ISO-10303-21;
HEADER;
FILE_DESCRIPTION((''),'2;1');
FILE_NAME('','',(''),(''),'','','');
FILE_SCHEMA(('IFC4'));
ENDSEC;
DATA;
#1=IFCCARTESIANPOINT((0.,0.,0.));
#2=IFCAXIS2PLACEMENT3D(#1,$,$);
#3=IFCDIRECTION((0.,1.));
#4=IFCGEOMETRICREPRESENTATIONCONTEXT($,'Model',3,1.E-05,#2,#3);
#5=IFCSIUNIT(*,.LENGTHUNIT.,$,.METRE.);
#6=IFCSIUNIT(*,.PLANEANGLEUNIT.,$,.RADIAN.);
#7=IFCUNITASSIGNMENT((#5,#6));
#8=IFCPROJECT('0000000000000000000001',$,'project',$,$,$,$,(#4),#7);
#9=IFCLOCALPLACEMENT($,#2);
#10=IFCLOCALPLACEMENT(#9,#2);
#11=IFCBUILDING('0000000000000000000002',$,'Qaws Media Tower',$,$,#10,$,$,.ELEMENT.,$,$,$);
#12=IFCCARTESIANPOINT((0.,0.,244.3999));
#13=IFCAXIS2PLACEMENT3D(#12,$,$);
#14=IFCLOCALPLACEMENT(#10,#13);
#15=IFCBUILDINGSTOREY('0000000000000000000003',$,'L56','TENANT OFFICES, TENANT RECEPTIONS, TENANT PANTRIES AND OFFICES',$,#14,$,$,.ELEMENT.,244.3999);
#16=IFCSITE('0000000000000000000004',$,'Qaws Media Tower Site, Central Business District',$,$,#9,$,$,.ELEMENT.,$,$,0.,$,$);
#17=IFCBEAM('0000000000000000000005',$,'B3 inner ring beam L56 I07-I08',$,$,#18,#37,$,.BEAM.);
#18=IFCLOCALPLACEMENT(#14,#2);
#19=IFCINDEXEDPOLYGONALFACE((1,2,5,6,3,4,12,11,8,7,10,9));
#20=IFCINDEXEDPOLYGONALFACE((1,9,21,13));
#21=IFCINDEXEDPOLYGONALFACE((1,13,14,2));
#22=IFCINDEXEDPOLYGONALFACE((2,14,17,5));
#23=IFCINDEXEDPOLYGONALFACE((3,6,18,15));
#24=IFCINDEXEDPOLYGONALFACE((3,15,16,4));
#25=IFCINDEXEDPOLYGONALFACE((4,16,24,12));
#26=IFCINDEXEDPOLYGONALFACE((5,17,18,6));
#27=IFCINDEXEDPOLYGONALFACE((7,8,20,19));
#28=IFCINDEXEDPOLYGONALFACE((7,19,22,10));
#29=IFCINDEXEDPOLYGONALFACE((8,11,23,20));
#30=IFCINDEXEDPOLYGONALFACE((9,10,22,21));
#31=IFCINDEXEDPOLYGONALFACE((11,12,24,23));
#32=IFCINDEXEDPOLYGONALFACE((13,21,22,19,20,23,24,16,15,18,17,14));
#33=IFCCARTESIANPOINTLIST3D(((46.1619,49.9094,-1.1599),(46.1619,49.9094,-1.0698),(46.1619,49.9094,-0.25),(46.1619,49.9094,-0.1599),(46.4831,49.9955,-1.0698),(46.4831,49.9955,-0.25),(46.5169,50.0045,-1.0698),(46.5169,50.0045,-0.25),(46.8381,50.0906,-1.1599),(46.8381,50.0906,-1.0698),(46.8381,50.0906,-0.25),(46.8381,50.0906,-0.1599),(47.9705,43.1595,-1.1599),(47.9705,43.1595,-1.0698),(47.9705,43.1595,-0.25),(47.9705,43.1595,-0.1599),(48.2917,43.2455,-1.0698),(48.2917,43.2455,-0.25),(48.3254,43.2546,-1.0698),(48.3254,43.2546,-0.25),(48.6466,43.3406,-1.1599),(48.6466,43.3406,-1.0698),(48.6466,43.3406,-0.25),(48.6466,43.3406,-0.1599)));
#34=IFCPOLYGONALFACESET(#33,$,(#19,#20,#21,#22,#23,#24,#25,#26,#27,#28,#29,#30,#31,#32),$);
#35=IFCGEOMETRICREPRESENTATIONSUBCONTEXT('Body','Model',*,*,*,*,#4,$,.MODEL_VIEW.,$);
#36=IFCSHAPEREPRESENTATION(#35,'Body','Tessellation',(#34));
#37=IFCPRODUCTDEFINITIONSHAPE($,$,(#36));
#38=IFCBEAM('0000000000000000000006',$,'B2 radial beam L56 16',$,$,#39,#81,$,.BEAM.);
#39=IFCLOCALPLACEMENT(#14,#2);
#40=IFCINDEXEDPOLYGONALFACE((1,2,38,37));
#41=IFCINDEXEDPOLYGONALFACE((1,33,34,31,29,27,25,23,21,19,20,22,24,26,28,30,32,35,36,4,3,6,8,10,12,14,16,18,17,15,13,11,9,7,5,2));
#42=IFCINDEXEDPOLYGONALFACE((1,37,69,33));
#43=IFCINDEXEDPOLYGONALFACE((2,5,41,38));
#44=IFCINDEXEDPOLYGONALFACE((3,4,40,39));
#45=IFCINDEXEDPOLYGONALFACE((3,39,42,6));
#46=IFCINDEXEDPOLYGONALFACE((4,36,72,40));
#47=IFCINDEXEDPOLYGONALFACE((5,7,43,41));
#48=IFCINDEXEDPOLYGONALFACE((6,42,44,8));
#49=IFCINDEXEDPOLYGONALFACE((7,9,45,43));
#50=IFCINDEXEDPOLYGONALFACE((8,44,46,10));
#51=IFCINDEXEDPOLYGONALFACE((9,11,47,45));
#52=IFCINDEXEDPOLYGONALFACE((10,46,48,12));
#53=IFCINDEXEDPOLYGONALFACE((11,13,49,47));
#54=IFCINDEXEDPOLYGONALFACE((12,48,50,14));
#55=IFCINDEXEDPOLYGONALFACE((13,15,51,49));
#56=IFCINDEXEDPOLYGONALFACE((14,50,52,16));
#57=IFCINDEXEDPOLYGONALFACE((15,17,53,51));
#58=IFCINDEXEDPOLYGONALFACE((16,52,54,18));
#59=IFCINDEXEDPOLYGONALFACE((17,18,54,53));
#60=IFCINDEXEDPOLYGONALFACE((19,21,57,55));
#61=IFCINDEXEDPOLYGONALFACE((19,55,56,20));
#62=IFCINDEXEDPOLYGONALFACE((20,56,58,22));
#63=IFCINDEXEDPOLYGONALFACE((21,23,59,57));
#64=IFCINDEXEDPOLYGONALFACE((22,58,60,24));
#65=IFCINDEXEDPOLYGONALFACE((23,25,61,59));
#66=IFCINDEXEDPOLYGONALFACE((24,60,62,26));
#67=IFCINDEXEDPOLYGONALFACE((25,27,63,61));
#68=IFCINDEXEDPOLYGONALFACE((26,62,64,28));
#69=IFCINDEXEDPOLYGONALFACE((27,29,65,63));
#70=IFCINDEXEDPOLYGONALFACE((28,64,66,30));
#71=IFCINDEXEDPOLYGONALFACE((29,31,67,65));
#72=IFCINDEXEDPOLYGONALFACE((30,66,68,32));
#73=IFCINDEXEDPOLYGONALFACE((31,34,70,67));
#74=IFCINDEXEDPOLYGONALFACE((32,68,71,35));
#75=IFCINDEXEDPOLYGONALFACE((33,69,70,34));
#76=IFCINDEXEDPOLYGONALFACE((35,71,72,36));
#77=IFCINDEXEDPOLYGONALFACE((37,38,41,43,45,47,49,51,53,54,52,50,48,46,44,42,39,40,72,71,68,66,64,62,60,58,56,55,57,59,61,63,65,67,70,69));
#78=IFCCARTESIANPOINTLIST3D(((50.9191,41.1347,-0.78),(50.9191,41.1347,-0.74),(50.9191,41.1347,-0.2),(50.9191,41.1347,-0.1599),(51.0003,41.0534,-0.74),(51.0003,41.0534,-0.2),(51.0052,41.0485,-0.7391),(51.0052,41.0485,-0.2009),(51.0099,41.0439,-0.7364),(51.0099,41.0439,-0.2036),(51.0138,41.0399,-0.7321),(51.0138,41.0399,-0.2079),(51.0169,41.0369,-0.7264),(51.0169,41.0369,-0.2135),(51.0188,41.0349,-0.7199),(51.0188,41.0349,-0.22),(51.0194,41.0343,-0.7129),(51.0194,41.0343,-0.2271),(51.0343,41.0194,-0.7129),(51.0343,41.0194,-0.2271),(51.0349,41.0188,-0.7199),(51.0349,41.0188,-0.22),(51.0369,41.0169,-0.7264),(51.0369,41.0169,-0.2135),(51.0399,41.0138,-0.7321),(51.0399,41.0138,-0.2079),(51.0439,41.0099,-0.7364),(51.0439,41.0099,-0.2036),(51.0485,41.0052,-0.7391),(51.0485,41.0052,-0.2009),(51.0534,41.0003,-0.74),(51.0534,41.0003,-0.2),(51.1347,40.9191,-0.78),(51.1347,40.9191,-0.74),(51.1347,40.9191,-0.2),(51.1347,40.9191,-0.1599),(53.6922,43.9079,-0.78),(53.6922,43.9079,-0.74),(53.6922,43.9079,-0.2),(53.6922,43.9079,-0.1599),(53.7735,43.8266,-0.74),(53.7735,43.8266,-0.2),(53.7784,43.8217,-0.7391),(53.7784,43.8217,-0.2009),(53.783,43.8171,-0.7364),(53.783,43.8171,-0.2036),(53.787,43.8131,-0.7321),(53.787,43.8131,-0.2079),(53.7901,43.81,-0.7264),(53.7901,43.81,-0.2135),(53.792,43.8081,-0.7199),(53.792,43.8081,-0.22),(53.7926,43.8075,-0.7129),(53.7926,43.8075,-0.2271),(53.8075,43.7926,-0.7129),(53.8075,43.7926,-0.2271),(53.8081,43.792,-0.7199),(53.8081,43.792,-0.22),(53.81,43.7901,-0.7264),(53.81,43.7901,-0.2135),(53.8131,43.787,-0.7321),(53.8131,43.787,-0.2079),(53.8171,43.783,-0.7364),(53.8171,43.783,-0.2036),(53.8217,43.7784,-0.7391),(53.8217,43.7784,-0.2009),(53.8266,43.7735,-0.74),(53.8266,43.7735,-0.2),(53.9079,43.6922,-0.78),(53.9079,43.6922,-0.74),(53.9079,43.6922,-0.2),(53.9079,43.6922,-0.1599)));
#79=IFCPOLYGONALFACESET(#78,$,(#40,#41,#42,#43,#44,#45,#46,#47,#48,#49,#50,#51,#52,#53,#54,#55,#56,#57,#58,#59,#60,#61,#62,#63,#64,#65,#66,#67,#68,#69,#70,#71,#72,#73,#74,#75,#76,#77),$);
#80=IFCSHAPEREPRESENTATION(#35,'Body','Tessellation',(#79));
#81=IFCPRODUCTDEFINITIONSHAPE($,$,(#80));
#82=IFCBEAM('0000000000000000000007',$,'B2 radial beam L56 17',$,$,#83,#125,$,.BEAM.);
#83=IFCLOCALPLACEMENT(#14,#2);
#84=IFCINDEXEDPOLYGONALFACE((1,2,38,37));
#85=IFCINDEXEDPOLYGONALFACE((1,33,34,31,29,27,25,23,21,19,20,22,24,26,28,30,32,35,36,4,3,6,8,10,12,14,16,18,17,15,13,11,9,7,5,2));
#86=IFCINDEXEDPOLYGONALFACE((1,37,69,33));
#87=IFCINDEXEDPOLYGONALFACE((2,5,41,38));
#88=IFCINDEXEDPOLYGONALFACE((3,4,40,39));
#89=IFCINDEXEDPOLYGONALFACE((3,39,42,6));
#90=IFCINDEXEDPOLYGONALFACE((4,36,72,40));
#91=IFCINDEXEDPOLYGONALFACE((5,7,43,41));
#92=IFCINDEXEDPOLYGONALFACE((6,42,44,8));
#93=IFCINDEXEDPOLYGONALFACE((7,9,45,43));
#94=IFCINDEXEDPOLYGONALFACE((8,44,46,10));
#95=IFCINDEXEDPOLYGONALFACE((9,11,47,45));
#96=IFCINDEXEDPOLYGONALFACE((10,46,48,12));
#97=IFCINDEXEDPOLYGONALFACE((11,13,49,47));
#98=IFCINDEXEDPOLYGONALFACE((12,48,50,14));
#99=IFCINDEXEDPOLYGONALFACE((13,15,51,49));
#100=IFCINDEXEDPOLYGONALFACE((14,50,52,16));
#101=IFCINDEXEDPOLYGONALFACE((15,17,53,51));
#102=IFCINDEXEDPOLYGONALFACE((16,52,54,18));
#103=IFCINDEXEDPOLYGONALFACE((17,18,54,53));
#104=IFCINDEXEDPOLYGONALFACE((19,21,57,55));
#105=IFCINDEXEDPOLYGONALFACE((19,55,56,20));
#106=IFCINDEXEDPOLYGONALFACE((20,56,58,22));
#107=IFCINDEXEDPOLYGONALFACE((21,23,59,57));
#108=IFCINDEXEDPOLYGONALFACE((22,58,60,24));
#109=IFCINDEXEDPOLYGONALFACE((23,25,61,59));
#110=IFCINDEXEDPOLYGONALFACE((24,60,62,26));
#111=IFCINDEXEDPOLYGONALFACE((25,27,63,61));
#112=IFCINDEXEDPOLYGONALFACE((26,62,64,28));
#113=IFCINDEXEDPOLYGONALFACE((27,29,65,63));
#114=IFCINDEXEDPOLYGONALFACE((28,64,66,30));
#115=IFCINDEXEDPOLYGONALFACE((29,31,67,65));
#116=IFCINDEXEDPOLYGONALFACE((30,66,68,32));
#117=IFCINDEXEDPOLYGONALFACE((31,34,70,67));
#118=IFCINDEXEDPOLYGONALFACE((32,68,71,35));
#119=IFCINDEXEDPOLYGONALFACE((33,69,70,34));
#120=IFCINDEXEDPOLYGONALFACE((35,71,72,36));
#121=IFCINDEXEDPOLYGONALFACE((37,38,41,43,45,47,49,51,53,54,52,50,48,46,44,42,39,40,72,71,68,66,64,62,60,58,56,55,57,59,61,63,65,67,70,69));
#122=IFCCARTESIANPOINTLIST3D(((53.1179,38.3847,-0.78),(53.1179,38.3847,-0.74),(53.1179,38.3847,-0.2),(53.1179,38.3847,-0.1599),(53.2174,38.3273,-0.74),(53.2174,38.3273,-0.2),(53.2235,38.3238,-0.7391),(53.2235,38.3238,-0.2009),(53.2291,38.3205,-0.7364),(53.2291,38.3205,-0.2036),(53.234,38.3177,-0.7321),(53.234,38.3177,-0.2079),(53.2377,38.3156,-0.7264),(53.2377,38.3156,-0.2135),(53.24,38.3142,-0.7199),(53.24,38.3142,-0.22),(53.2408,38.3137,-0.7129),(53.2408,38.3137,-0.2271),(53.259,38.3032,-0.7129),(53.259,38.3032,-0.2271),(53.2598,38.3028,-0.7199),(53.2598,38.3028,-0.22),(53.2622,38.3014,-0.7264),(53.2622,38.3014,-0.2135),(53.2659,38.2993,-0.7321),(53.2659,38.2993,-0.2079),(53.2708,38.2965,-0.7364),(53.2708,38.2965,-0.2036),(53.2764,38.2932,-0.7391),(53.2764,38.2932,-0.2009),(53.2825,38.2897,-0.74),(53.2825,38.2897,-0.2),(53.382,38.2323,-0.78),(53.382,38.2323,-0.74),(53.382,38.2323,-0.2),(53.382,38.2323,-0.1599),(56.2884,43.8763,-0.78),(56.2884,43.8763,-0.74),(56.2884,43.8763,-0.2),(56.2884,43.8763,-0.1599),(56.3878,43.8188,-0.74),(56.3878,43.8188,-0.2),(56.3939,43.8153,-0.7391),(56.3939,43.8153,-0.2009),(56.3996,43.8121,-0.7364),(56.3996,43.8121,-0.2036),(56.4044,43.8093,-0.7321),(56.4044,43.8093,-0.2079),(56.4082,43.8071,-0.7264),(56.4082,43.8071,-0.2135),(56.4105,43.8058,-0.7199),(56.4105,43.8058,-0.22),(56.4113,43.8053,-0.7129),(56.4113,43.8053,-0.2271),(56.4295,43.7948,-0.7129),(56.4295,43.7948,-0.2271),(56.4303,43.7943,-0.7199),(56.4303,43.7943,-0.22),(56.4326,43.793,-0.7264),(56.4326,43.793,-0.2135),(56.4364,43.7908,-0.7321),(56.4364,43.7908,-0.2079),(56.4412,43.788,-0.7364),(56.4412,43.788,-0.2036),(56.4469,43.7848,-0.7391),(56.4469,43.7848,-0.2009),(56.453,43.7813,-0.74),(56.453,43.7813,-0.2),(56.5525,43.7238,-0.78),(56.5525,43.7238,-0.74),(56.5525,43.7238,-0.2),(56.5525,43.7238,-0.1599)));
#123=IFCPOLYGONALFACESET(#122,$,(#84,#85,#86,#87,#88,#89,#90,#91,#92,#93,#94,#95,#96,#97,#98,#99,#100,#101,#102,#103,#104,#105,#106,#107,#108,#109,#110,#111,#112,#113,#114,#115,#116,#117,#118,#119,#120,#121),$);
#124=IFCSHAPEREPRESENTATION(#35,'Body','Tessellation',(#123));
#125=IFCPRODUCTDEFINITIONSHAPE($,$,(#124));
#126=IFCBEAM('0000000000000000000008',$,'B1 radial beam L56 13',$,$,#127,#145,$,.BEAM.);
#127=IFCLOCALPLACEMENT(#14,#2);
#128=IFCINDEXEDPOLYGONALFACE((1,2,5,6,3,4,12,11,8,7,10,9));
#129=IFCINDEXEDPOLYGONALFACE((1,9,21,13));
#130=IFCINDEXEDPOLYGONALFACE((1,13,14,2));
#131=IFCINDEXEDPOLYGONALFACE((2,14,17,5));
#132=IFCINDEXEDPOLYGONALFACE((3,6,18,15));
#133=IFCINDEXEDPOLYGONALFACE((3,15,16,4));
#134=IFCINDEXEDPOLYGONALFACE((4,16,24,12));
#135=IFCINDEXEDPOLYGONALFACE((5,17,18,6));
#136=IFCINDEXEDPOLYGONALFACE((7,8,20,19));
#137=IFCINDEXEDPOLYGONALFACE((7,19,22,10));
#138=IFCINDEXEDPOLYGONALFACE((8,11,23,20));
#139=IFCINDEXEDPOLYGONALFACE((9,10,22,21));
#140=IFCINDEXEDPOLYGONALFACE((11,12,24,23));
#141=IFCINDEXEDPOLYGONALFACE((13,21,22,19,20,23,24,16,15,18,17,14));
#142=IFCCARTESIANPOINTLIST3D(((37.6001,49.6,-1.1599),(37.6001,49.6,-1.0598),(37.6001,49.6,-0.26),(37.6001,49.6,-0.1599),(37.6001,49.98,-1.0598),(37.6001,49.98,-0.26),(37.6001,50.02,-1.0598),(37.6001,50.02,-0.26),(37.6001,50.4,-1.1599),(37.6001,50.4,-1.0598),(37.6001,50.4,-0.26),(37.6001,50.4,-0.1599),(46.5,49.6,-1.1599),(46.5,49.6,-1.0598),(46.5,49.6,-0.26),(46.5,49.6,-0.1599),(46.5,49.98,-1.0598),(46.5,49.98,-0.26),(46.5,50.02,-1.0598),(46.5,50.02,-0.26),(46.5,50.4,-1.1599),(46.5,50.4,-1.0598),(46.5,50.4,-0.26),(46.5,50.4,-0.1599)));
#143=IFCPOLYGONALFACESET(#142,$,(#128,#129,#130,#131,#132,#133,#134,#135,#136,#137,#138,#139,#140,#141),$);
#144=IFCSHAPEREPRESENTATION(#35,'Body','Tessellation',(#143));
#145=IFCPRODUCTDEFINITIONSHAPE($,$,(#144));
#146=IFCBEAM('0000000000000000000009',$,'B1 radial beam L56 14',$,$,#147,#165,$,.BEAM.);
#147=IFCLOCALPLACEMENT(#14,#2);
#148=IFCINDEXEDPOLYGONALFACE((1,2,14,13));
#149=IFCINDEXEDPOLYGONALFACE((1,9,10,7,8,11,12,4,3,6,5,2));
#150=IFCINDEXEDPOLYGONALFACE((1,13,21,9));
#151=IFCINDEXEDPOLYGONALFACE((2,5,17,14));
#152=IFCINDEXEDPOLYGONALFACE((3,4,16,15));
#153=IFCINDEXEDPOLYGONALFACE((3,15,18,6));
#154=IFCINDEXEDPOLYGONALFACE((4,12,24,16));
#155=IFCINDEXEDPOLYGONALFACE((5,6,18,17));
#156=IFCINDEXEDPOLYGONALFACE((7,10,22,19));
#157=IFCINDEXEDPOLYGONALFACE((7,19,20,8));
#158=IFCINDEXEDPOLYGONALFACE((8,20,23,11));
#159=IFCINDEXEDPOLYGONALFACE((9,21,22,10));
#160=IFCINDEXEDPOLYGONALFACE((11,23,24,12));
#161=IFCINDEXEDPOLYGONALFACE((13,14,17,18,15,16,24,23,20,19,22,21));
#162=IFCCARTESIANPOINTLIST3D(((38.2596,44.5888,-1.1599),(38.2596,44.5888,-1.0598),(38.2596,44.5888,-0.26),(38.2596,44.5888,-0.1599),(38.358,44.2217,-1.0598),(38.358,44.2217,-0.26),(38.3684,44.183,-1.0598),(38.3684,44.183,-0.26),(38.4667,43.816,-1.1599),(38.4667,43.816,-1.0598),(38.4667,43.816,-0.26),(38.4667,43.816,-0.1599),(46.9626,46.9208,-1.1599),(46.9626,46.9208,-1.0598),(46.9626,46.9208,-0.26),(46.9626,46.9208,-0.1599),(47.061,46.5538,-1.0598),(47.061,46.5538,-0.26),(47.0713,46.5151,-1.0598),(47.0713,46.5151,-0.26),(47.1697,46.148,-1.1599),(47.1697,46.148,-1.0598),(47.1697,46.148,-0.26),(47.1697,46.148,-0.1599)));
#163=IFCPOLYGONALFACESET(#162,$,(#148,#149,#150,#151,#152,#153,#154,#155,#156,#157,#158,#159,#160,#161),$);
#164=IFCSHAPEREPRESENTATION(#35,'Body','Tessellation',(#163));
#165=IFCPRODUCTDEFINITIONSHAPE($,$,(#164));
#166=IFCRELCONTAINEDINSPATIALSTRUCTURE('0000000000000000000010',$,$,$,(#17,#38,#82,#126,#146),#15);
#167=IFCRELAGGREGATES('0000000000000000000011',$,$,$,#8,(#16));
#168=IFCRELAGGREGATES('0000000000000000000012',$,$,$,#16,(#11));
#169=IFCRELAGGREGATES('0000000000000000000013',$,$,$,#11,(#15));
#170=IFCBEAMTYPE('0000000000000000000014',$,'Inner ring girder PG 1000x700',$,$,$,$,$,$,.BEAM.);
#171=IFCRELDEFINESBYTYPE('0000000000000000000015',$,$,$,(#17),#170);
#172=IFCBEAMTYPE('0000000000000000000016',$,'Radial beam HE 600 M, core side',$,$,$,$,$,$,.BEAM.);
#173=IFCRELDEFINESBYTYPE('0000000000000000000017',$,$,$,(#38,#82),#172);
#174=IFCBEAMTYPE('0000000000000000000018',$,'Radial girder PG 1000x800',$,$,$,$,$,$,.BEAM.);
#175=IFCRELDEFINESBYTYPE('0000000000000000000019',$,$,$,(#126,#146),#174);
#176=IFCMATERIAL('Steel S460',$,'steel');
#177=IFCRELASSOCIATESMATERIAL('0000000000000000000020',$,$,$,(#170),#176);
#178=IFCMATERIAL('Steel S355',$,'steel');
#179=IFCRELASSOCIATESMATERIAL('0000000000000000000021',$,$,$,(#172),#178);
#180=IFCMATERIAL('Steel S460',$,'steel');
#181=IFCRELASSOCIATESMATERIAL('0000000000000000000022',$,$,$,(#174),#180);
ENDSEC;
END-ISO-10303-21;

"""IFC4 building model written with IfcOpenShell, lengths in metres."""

from ifc_helpers import new_model, si_unit, direction, frame, origin, origin_2d, place, context, subcontext, project, spatial, i_section, extrude, material, material_profile, profile_set, type_object, element, save


model = new_model("IFC4")

# Units and contexts
model_context = context("Model", 3, precision=1e-05, world=origin(), true_north=direction((0.0, 1.0)))
body_context = subcontext(model_context, "Body", "Model", "MODEL_VIEW")
ifc_project = project(units=[si_unit("LENGTHUNIT", "METRE"), si_unit("PLANEANGLEUNIT", "RADIAN")], contexts=[model_context])

# Site, building, storey
site_placement = place(None, origin())
site = spatial("IfcSite", under=ifc_project, at=site_placement, Name="Qaws Media Tower Site, Central Business District", CompositionType="ELEMENT", RefElevation=0.0)
building_placement = place(site_placement, origin())
building = spatial("IfcBuilding", under=site, at=building_placement, Name="Qaws Media Tower", CompositionType="ELEMENT")
storey_placement = place(building_placement, frame((0.0, 0.0, 244.3999)))
storey = spatial("IfcBuildingStorey", under=building, at=storey_placement, Name="L56", Description="TENANT OFFICES, TENANT RECEPTIONS, TENANT PANTRIES AND OFFICES", CompositionType="ELEMENT", Elevation=244.3999)

# Beams
ifc_material_1 = material(Name="Steel S460", Category="steel")
ifc_material_profile_1 = material_profile(ifc_material_1, i_section(OverallWidth=0.7, OverallDepth=1.0, WebThickness=0.0349, FlangeThickness=0.0901, at=origin_2d()), Name="PG 1000x700")
ifc_profile_set_1 = profile_set([ifc_material_profile_1], Name="Steel S460")
beam_type_1 = type_object("IfcBeamType", Name="Inner ring girder PG 1000x700", PredefinedType="BEAM", material=ifc_profile_set_1)
beam_1_placement = place(storey_placement, frame((46.5, 50.0, -0.6599), z_axis=(0.258811, -0.965928, 0.0), x_axis=(0.965928, 0.258811, 0.0)))
element("IfcBeam", 1, at=beam_1_placement, inside=storey, type_object=beam_type_1, Name="B3 inner ring beam L56 I07-I08", PredefinedType="BEAM", context=body_context, shape_type="SweptSolid", body=[
    extrude(i_section(OverallWidth=0.7, OverallDepth=1.0, WebThickness=0.0349, FlangeThickness=0.0901, at=origin_2d()), origin(), (0.0, 0.0, 1.0), 6.988),
])
ifc_material_2 = material(Name="Steel S355", Category="steel")
ifc_material_profile_2 = material_profile(ifc_material_2, i_section(OverallWidth=0.3049, OverallDepth=0.6201, WebThickness=0.021, FlangeThickness=0.04, FilletRadius=0.0271, at=origin_2d()), Name="HE 600 M")
ifc_profile_set_2 = profile_set([ifc_material_profile_2], Name="Steel S355")
beam_type_2 = type_object("IfcBeamType", Name="Radial beam HE 600 M, core side", PredefinedType="BEAM", material=ifc_profile_set_2)
beam_2_placement = place(storey_placement, frame((53.8, 43.8, -0.47), z_axis=(-0.707107, -0.707107, 0.0), x_axis=(0.707107, -0.707107, 0.0)))
element("IfcBeam", 2, at=beam_2_placement, inside=storey, type_object=beam_type_2, Name="B2 radial beam L56 16", PredefinedType="BEAM", context=body_context, shape_type="SweptSolid", body=[
    extrude(i_section(OverallWidth=0.3049, OverallDepth=0.6201, WebThickness=0.021, FlangeThickness=0.04, FilletRadius=0.0271, at=origin_2d()), origin(), (0.0, 0.0, 1.0), 3.9219),
])
beam_3_placement = place(storey_placement, frame((56.4204, 43.8, -0.47), z_axis=(-0.49999, -0.866031, 0.0), x_axis=(0.866031, -0.49999, 0.0)))
element("IfcBeam", 3, at=beam_3_placement, inside=storey, type_object=beam_type_2, Name="B2 radial beam L56 17", PredefinedType="BEAM", context=body_context, shape_type="SweptSolid", body=[
    extrude(i_section(OverallWidth=0.3049, OverallDepth=0.6201, WebThickness=0.021, FlangeThickness=0.04, FilletRadius=0.0271, at=origin_2d()), origin(), (0.0, 0.0, 1.0), 6.3411),
])
ifc_material_3 = material(Name="Steel S460", Category="steel")
ifc_material_profile_3 = material_profile(ifc_material_3, i_section(OverallWidth=0.8, OverallDepth=1.0, WebThickness=0.04, FlangeThickness=0.1001, at=origin_2d()), Name="PG 1000x800")
ifc_profile_set_3 = profile_set([ifc_material_profile_3], Name="Steel S460")
beam_type_3 = type_object("IfcBeamType", Name="Radial girder PG 1000x800", PredefinedType="BEAM", material=ifc_profile_set_3)
beam_4_placement = place(storey_placement, frame((46.5, 50.0, -0.6599), z_axis=(-1.0, 0.0, 0.0), x_axis=(0.0, -1.0, 0.0)))
element("IfcBeam", 4, at=beam_4_placement, inside=storey, type_object=beam_type_3, Name="B1 radial beam L56 13", PredefinedType="BEAM", context=body_context, shape_type="SweptSolid", body=[
    extrude(i_section(OverallWidth=0.8, OverallDepth=1.0, WebThickness=0.04, FlangeThickness=0.1001, at=origin_2d()), origin(), (0.0, 0.0, 1.0), 8.8999),
])
beam_5_placement = place(storey_placement, frame((47.0662, 46.5344, -0.6599), z_axis=(-0.965923, -0.25883, 0.0), x_axis=(0.25883, -0.965923, 0.0)))
element("IfcBeam", 5, at=beam_5_placement, inside=storey, type_object=beam_type_3, Name="B1 radial beam L56 14", PredefinedType="BEAM", context=body_context, shape_type="SweptSolid", body=[
    extrude(i_section(OverallWidth=0.8, OverallDepth=1.0, WebThickness=0.04, FlangeThickness=0.1001, at=origin_2d()), origin(), (0.0, 0.0, 1.0), 9.01),
])

save(model, "model.ifc")
